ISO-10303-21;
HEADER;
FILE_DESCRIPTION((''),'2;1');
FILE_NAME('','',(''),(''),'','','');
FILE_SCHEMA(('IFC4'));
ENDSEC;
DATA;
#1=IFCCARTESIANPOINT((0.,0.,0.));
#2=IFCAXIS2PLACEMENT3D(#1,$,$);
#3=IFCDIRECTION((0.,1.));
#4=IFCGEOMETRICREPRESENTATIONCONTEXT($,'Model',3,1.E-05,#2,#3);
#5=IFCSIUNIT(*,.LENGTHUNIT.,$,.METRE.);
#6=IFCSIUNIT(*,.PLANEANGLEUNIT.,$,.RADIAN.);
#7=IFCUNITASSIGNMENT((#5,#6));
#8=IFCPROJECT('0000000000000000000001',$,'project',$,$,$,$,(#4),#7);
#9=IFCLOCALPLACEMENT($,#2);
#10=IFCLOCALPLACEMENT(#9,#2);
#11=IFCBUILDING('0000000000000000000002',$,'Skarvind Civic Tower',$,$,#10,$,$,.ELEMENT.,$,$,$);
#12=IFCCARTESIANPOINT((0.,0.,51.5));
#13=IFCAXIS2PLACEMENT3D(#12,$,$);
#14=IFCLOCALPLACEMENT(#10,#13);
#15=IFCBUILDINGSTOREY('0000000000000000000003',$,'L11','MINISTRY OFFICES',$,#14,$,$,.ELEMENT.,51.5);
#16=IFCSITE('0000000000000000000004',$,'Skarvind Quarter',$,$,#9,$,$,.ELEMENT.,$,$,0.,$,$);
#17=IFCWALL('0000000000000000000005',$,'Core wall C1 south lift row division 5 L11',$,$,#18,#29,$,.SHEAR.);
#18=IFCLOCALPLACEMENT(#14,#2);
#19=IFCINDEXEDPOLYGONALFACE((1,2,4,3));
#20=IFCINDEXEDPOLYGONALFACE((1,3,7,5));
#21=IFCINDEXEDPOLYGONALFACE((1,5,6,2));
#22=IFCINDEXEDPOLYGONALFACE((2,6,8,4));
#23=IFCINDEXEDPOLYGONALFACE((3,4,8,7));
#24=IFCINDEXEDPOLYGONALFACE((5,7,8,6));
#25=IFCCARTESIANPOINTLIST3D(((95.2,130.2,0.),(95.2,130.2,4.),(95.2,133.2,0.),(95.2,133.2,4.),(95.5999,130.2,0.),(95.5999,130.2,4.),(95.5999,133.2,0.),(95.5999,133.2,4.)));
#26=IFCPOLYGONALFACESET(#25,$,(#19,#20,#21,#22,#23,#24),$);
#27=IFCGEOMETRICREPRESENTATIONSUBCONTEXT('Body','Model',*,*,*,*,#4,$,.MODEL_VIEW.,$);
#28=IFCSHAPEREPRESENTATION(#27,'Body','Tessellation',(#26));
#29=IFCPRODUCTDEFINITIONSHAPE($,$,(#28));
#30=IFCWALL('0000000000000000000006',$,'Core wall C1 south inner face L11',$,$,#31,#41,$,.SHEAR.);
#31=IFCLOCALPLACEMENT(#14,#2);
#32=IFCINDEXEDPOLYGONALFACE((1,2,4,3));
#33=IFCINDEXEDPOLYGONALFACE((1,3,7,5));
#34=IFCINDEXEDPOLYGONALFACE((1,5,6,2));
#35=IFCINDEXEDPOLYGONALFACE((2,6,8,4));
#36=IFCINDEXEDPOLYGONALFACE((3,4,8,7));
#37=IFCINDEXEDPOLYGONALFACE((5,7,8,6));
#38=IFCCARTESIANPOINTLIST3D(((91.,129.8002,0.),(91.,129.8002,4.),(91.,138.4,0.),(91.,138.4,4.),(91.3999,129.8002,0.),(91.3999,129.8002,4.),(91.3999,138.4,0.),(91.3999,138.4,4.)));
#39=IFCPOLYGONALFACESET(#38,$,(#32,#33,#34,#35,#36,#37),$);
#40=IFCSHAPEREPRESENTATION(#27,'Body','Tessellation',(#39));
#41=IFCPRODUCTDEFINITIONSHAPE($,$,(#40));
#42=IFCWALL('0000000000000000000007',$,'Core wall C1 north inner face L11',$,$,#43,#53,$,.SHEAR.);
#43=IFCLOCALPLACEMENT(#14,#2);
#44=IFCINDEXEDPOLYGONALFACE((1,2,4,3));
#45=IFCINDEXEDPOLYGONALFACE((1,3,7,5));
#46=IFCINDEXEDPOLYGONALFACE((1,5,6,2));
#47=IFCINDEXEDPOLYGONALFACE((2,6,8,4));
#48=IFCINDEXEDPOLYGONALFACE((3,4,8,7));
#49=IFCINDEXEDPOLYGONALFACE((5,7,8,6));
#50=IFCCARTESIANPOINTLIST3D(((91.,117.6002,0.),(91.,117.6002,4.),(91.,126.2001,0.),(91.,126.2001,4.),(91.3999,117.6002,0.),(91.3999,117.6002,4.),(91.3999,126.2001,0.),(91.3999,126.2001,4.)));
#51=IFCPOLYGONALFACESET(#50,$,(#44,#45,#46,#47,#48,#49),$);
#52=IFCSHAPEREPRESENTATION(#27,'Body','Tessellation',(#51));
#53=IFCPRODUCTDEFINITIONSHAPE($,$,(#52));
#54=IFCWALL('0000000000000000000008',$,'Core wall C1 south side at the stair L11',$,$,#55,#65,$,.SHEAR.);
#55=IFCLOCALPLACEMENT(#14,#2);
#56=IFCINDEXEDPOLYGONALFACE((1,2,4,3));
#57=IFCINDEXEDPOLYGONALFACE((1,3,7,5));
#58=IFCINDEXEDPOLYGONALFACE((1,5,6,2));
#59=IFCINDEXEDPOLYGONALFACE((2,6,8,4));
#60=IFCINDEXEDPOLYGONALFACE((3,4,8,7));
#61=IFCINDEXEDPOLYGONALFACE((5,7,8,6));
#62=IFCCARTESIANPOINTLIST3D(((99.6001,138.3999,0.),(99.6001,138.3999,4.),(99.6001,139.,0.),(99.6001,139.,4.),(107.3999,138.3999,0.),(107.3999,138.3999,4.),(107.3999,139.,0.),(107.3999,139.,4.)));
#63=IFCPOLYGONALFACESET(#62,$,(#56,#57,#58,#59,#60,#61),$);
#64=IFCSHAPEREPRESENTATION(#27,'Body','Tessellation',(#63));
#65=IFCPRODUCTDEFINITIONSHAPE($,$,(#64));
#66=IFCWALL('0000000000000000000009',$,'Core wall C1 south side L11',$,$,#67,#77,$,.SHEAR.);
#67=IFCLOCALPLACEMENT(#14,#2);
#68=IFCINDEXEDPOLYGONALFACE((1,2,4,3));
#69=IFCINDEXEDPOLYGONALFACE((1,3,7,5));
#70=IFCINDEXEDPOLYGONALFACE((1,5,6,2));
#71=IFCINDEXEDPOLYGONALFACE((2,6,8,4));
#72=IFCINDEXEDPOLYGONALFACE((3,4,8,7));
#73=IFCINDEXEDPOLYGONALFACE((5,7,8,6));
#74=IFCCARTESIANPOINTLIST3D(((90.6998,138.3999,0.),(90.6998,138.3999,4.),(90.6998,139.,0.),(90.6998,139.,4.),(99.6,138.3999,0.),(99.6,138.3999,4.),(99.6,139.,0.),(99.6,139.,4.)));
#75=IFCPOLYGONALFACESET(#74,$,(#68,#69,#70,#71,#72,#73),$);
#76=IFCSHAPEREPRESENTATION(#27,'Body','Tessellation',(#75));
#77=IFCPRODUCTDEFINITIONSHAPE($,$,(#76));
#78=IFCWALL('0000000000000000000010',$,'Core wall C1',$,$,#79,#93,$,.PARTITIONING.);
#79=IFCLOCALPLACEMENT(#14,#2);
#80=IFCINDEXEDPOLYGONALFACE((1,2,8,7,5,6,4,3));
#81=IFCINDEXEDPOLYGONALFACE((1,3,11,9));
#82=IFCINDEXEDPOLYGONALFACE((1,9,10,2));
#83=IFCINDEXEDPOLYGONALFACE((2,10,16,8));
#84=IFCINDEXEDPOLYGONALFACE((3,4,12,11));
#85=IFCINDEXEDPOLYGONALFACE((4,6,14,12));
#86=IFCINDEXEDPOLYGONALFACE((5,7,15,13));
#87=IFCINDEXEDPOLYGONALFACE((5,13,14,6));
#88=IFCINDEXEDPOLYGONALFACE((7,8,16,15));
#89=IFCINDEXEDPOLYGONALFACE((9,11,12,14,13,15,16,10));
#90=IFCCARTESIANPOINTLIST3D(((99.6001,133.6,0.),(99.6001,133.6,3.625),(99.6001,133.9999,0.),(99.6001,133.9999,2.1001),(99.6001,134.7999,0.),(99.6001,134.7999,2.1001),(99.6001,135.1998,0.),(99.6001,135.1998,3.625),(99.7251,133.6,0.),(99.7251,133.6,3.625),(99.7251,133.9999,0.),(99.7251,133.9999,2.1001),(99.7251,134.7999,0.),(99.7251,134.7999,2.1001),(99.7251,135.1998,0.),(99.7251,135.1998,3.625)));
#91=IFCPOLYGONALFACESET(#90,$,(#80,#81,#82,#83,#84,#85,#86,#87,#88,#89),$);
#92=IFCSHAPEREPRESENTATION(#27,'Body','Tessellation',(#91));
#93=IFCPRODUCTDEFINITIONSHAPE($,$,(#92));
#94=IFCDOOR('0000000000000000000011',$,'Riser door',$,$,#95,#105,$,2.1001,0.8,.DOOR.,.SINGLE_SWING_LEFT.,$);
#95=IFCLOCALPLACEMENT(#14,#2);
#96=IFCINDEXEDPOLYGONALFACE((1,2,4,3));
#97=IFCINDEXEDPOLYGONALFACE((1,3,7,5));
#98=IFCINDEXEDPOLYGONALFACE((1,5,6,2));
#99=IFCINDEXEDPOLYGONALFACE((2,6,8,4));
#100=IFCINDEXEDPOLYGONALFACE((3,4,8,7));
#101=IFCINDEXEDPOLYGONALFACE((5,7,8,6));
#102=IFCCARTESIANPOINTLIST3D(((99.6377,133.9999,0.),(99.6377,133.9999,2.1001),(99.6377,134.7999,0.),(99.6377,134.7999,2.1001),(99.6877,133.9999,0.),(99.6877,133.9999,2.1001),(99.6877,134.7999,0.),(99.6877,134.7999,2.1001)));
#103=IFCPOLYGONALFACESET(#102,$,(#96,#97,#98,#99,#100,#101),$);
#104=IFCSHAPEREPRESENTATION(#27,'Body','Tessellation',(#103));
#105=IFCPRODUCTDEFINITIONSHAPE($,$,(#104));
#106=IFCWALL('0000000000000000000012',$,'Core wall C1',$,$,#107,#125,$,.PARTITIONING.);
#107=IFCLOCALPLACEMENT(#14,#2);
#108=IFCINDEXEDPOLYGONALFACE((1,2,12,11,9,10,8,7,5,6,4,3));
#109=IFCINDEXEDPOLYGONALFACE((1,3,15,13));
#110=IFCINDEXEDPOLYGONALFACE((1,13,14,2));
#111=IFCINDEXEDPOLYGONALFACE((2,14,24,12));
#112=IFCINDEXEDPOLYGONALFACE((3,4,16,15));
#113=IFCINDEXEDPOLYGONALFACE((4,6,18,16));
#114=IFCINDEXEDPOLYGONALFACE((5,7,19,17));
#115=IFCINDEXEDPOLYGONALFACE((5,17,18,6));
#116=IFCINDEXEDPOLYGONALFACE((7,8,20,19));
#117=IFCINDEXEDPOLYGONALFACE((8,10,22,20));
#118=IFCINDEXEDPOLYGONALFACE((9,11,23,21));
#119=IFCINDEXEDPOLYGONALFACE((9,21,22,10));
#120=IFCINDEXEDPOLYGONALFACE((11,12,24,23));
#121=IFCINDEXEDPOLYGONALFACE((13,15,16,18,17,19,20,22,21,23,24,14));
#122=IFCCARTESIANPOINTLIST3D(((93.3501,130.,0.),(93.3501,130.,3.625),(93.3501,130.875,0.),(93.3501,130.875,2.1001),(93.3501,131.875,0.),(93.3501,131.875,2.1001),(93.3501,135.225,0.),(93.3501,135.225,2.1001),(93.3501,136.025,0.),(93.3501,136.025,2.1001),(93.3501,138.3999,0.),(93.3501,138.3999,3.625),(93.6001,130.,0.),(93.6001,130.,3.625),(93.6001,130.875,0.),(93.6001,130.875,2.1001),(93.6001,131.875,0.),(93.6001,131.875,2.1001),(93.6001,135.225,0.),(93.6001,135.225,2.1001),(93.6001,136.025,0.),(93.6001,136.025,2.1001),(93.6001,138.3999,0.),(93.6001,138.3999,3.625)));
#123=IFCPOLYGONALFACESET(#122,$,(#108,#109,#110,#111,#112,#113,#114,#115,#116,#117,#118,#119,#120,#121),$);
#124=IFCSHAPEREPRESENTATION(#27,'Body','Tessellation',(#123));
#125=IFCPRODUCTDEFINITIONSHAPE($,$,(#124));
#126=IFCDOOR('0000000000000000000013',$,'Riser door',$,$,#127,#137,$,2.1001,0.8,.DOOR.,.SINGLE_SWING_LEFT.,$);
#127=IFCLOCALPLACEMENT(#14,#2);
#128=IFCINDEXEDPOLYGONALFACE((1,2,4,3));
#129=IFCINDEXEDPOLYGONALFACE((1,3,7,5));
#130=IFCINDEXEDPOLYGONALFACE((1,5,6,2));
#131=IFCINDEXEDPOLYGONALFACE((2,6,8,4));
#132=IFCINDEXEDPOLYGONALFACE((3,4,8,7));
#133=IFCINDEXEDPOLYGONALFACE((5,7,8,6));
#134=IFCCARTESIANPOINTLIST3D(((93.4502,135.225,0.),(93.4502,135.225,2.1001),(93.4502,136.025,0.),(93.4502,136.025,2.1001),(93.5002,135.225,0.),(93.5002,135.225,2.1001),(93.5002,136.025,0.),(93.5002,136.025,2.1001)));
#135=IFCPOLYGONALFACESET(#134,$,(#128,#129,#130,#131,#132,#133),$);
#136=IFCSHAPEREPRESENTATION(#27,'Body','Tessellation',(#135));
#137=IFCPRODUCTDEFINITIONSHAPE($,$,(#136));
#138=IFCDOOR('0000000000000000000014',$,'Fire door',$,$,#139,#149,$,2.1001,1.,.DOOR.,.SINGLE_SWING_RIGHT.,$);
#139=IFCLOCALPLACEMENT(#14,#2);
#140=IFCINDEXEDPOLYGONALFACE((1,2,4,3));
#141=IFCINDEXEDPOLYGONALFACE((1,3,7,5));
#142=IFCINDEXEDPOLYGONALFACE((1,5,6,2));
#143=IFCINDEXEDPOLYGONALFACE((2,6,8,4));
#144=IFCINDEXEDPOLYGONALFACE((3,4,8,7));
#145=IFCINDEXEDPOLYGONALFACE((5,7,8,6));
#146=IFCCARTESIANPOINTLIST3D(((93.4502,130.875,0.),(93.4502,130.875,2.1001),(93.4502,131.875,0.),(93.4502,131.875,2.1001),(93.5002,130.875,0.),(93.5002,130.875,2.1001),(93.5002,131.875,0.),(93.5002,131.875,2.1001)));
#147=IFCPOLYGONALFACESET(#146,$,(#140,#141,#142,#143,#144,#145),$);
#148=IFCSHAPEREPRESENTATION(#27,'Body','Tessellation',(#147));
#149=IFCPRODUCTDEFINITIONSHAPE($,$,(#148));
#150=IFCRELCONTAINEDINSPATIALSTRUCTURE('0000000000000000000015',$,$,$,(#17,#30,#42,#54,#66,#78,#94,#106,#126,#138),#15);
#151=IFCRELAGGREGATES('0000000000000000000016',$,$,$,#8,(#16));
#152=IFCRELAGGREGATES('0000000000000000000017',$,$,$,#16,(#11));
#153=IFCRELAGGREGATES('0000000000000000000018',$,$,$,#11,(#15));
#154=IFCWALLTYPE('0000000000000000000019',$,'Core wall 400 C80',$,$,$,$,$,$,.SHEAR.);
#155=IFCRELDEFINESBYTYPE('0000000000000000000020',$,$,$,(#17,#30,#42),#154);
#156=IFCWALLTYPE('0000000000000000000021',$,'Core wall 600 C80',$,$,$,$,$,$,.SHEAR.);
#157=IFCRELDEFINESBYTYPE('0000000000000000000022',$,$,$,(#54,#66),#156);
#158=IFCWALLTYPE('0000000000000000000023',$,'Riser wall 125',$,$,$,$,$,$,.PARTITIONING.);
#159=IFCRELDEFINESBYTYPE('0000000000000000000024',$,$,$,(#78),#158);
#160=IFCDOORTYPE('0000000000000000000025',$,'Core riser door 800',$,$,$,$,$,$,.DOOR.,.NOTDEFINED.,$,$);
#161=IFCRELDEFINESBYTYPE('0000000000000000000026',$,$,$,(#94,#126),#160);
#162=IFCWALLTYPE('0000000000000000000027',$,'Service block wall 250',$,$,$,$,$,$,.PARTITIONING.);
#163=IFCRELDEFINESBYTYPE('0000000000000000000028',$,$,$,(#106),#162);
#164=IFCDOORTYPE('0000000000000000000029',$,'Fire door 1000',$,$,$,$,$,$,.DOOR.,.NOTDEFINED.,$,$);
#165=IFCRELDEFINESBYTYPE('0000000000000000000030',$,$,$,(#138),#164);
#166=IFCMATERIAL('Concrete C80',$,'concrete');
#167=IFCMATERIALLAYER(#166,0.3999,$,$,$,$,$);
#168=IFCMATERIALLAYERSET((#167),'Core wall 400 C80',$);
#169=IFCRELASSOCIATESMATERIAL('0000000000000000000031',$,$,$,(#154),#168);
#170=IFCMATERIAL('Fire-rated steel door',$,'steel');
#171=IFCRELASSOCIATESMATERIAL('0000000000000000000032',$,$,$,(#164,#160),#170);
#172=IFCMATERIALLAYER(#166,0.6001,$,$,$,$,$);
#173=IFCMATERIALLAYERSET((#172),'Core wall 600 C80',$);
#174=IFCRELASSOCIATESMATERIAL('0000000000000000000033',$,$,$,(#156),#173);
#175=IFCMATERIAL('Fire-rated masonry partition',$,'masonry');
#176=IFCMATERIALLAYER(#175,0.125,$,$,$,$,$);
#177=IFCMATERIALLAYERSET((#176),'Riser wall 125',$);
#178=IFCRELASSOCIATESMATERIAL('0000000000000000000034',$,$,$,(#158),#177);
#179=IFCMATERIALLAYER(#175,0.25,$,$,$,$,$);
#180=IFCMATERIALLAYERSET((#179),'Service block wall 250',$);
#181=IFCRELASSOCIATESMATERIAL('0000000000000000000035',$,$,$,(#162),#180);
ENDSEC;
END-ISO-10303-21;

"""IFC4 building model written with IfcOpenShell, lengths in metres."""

from ifc_helpers import new_model, si_unit, direction, frame, frame_2d, origin, place, context, subcontext, project, spatial, rectangle, extrude, material, layer, layer_set, type_object, element, fill, save


model = new_model("IFC4")

# Units and contexts
model_context = context("Model", 3, precision=1e-05, world=origin(), true_north=direction((0.0, 1.0)))
body_context = subcontext(model_context, "Body", "Model", "MODEL_VIEW")
ifc_project = project(units=[si_unit("LENGTHUNIT", "METRE"), si_unit("PLANEANGLEUNIT", "RADIAN")], contexts=[model_context])

# Site, building, storey
site_placement = place(None, origin())
site = spatial("IfcSite", under=ifc_project, at=site_placement, Name="Skarvind Quarter", CompositionType="ELEMENT", RefElevation=0.0)
building_placement = place(site_placement, origin())
building = spatial("IfcBuilding", under=site, at=building_placement, Name="Skarvind Civic Tower", CompositionType="ELEMENT")
storey_placement = place(building_placement, frame((0.0, 0.0, 51.5)))
storey = spatial("IfcBuildingStorey", under=building, at=storey_placement, Name="L11", Description="MINISTRY OFFICES", CompositionType="ELEMENT", Elevation=51.5)

# Shared definitions
ifc_material_1 = material(Name="Concrete C80", Category="concrete")

# Shared definitions
ifc_material_2 = material(Name="Fire-rated masonry partition", Category="masonry")
ifc_material_3 = material(Name="Fire-rated steel door", Category="steel")

# Shared definitions
ifc_layer_1 = layer(ifc_material_1, 0.3999)
ifc_layer_set_1 = layer_set([ifc_layer_1], Name="Core wall 400 C80")
wall_type_1 = type_object("IfcWallType", Name="Core wall 400 C80", PredefinedType="SHEAR", material=ifc_layer_set_1)

# Shared definitions
door_type_1 = type_object("IfcDoorType", Name="Fire door 1000", OperationType="NOTDEFINED", PredefinedType="DOOR", material=ifc_material_3)

# Walls
for number, where, z_axis, x_axis, name in (
    (1, (95.3999, 133.2, 0.0), (0.0, 0.0, 1.0), (0.0, -1.0, 0.0), "Core wall C1 south lift row division 5 L11"),
):
    element("IfcWall", number, at=place(storey_placement, frame(where, z_axis=z_axis, x_axis=x_axis)), inside=storey, type_object=wall_type_1, Name=name, PredefinedType="SHEAR", context=body_context, shape_type="SweptSolid", body=[
        extrude(rectangle(XDim=3.0, YDim=0.3999, at=frame_2d((1.5, 0.0))), origin(), (0.0, 0.0, 1.0), 4.0),
    ])
for number, where, z_axis, x_axis, name in (
    (2, (91.2, 138.3999, 0.0), (0.0, 0.0, 1.0), (0.0, -1.0, 0.0), "Core wall C1 south inner face L11"),
    (3, (91.2, 126.2, 0.0), (0.0, 0.0, 1.0), (0.0, -1.0, 0.0), "Core wall C1 north inner face L11"),
):
    element("IfcWall", number, at=place(storey_placement, frame(where, z_axis=z_axis, x_axis=x_axis)), inside=storey, type_object=wall_type_1, Name=name, PredefinedType="SHEAR", context=body_context, shape_type="SweptSolid", body=[
        extrude(rectangle(XDim=8.5999, YDim=0.3999, at=frame_2d((4.2998, 0.0))), origin(), (0.0, 0.0, 1.0), 4.0),
    ])
ifc_layer_2 = layer(ifc_material_1, 0.6001)
ifc_layer_set_2 = layer_set([ifc_layer_2], Name="Core wall 600 C80")
wall_type_2 = type_object("IfcWallType", Name="Core wall 600 C80", PredefinedType="SHEAR", material=ifc_layer_set_2)
wall_1_placement = place(storey_placement, frame((107.3999, 138.7, 0.0), z_axis=(0.0, 0.0, 1.0), x_axis=(-1.0, 0.0, 0.0)))
element("IfcWall", 4, at=wall_1_placement, inside=storey, type_object=wall_type_2, Name="Core wall C1 south side at the stair L11", PredefinedType="SHEAR", context=body_context, shape_type="SweptSolid", body=[
    extrude(rectangle(XDim=7.7998, YDim=0.6001, at=frame_2d((3.8999, 0.0))), origin(), (0.0, 0.0, 1.0), 4.0),
])
wall_2_placement = place(storey_placement, frame((99.6001, 138.7, 0.0), z_axis=(0.0, 0.0, 1.0), x_axis=(-1.0, 0.0, 0.0)))
element("IfcWall", 5, at=wall_2_placement, inside=storey, type_object=wall_type_2, Name="Core wall C1 south side L11", PredefinedType="SHEAR", context=body_context, shape_type="SweptSolid", body=[
    extrude(rectangle(XDim=8.9001, YDim=0.6001, at=frame_2d((4.4502, 0.0))), origin(), (0.0, 0.0, 1.0), 4.0),
])

# Wall, opening, door
ifc_layer_3 = layer(ifc_material_2, 0.125)
ifc_layer_set_3 = layer_set([ifc_layer_3], Name="Riser wall 125")
wall_type_3 = type_object("IfcWallType", Name="Riser wall 125", PredefinedType="PARTITIONING", material=ifc_layer_set_3)
wall_3_placement = place(storey_placement, frame((99.6626, 133.6001, 0.0), z_axis=(0.0, 0.0, 1.0), x_axis=(0.0, 1.0, 0.0)))
wall_3 = element("IfcWall", 6, at=wall_3_placement, inside=storey, type_object=wall_type_3, Name="Core wall C1", PredefinedType="PARTITIONING", context=body_context, shape_type="SweptSolid", body=[
    extrude(rectangle(XDim=1.5999, YDim=0.125, at=frame_2d((0.7998, 0.0))), origin(), (0.0, 0.0, 1.0), 3.625),
])
opening_1_placement = place(wall_3_placement, frame((0.3999, 0.0, 0.0)))
opening_1 = element("IfcOpeningElement", 7, at=opening_1_placement, cuts=wall_3, PredefinedType="OPENING", context=body_context, shape_type="SweptSolid", body=[
    extrude(rectangle(XDim=0.8, YDim=2.1001, at=frame_2d((0.3999, 1.05))), frame((0.0, 0.0725, 0.0), z_axis=(0.0, -1.0, 0.0), x_axis=(1.0, 0.0, 0.0)), (0.0, 0.0, 1.0), 0.145),
])
door_type_2 = type_object("IfcDoorType", Name="Core riser door 800", OperationType="NOTDEFINED", PredefinedType="DOOR", material=ifc_material_3)
door_1_placement = place(opening_1_placement, origin())
door_1 = element("IfcDoor", 8, at=door_1_placement, inside=storey, type_object=door_type_2, Name="Riser door", OperationType="SINGLE_SWING_LEFT", OverallHeight=2.1001, OverallWidth=0.8, PredefinedType="DOOR", context=body_context, shape_type="SweptSolid", body=[
    extrude(rectangle(XDim=0.8, YDim=2.1001, at=frame_2d((0.3999, 1.05))), frame((0.0, 0.0249, 0.0), z_axis=(0.0, -1.0, 0.0), x_axis=(1.0, 0.0, 0.0)), (0.0, 0.0, 1.0), 0.05),
])
fill(opening_1, door_1)

# Wall, openings, doors
ifc_layer_4 = layer(ifc_material_2, 0.25)
ifc_layer_set_4 = layer_set([ifc_layer_4], Name="Service block wall 250")
wall_type_4 = type_object("IfcWallType", Name="Service block wall 250", PredefinedType="PARTITIONING", material=ifc_layer_set_4)
wall_4_placement = place(storey_placement, frame((93.4751, 130.0, 0.0), z_axis=(0.0, 0.0, 1.0), x_axis=(0.0, 1.0, 0.0)))
wall_4 = element("IfcWall", 9, at=wall_4_placement, inside=storey, type_object=wall_type_4, Name="Core wall C1", PredefinedType="PARTITIONING", context=body_context, shape_type="SweptSolid", body=[
    extrude(rectangle(XDim=8.3999, YDim=0.25, at=frame_2d((4.2, 0.0))), origin(), (0.0, 0.0, 1.0), 3.625),
])
opening_2_placement = place(wall_4_placement, frame((0.875, 0.0, 0.0)))
opening_2 = element("IfcOpeningElement", 10, at=opening_2_placement, cuts=wall_4, PredefinedType="OPENING", context=body_context, shape_type="SweptSolid", body=[
    extrude(rectangle(XDim=1.0, YDim=2.1001, at=frame_2d((0.5, 1.05))), frame((0.0, 0.135, 0.0), z_axis=(0.0, -1.0, 0.0), x_axis=(1.0, 0.0, 0.0)), (0.0, 0.0, 1.0), 0.27),
])
opening_3_placement = place(wall_4_placement, frame((5.2251, 0.0, 0.0)))
opening_3 = element("IfcOpeningElement", 11, at=opening_3_placement, cuts=wall_4, PredefinedType="OPENING", context=body_context, shape_type="SweptSolid", body=[
    extrude(rectangle(XDim=0.8, YDim=2.1001, at=frame_2d((0.3999, 1.05))), frame((0.0, 0.135, 0.0), z_axis=(0.0, -1.0, 0.0), x_axis=(1.0, 0.0, 0.0)), (0.0, 0.0, 1.0), 0.27),
])
door_2_placement = place(opening_3_placement, origin())
door_2 = element("IfcDoor", 12, at=door_2_placement, inside=storey, type_object=door_type_2, Name="Riser door", OperationType="SINGLE_SWING_LEFT", OverallHeight=2.1001, OverallWidth=0.8, PredefinedType="DOOR", context=body_context, shape_type="SweptSolid", body=[
    extrude(rectangle(XDim=0.8, YDim=2.1001, at=frame_2d((0.3999, 1.05))), frame((0.0, 0.0249, 0.0), z_axis=(0.0, -1.0, 0.0), x_axis=(1.0, 0.0, 0.0)), (0.0, 0.0, 1.0), 0.05),
])
fill(opening_3, door_2)
door_3_placement = place(opening_2_placement, origin())
door_3 = element("IfcDoor", 13, at=door_3_placement, inside=storey, type_object=door_type_1, Name="Fire door", OperationType="SINGLE_SWING_RIGHT", OverallHeight=2.1001, OverallWidth=1.0, PredefinedType="DOOR", context=body_context, shape_type="SweptSolid", body=[
    extrude(rectangle(XDim=1.0, YDim=2.1001, at=frame_2d((0.5, 1.05))), frame((0.0, 0.0249, 0.0), z_axis=(0.0, -1.0, 0.0), x_axis=(1.0, 0.0, 0.0)), (0.0, 0.0, 1.0), 0.05),
])
fill(opening_2, door_3)

save(model, "model.ifc")
